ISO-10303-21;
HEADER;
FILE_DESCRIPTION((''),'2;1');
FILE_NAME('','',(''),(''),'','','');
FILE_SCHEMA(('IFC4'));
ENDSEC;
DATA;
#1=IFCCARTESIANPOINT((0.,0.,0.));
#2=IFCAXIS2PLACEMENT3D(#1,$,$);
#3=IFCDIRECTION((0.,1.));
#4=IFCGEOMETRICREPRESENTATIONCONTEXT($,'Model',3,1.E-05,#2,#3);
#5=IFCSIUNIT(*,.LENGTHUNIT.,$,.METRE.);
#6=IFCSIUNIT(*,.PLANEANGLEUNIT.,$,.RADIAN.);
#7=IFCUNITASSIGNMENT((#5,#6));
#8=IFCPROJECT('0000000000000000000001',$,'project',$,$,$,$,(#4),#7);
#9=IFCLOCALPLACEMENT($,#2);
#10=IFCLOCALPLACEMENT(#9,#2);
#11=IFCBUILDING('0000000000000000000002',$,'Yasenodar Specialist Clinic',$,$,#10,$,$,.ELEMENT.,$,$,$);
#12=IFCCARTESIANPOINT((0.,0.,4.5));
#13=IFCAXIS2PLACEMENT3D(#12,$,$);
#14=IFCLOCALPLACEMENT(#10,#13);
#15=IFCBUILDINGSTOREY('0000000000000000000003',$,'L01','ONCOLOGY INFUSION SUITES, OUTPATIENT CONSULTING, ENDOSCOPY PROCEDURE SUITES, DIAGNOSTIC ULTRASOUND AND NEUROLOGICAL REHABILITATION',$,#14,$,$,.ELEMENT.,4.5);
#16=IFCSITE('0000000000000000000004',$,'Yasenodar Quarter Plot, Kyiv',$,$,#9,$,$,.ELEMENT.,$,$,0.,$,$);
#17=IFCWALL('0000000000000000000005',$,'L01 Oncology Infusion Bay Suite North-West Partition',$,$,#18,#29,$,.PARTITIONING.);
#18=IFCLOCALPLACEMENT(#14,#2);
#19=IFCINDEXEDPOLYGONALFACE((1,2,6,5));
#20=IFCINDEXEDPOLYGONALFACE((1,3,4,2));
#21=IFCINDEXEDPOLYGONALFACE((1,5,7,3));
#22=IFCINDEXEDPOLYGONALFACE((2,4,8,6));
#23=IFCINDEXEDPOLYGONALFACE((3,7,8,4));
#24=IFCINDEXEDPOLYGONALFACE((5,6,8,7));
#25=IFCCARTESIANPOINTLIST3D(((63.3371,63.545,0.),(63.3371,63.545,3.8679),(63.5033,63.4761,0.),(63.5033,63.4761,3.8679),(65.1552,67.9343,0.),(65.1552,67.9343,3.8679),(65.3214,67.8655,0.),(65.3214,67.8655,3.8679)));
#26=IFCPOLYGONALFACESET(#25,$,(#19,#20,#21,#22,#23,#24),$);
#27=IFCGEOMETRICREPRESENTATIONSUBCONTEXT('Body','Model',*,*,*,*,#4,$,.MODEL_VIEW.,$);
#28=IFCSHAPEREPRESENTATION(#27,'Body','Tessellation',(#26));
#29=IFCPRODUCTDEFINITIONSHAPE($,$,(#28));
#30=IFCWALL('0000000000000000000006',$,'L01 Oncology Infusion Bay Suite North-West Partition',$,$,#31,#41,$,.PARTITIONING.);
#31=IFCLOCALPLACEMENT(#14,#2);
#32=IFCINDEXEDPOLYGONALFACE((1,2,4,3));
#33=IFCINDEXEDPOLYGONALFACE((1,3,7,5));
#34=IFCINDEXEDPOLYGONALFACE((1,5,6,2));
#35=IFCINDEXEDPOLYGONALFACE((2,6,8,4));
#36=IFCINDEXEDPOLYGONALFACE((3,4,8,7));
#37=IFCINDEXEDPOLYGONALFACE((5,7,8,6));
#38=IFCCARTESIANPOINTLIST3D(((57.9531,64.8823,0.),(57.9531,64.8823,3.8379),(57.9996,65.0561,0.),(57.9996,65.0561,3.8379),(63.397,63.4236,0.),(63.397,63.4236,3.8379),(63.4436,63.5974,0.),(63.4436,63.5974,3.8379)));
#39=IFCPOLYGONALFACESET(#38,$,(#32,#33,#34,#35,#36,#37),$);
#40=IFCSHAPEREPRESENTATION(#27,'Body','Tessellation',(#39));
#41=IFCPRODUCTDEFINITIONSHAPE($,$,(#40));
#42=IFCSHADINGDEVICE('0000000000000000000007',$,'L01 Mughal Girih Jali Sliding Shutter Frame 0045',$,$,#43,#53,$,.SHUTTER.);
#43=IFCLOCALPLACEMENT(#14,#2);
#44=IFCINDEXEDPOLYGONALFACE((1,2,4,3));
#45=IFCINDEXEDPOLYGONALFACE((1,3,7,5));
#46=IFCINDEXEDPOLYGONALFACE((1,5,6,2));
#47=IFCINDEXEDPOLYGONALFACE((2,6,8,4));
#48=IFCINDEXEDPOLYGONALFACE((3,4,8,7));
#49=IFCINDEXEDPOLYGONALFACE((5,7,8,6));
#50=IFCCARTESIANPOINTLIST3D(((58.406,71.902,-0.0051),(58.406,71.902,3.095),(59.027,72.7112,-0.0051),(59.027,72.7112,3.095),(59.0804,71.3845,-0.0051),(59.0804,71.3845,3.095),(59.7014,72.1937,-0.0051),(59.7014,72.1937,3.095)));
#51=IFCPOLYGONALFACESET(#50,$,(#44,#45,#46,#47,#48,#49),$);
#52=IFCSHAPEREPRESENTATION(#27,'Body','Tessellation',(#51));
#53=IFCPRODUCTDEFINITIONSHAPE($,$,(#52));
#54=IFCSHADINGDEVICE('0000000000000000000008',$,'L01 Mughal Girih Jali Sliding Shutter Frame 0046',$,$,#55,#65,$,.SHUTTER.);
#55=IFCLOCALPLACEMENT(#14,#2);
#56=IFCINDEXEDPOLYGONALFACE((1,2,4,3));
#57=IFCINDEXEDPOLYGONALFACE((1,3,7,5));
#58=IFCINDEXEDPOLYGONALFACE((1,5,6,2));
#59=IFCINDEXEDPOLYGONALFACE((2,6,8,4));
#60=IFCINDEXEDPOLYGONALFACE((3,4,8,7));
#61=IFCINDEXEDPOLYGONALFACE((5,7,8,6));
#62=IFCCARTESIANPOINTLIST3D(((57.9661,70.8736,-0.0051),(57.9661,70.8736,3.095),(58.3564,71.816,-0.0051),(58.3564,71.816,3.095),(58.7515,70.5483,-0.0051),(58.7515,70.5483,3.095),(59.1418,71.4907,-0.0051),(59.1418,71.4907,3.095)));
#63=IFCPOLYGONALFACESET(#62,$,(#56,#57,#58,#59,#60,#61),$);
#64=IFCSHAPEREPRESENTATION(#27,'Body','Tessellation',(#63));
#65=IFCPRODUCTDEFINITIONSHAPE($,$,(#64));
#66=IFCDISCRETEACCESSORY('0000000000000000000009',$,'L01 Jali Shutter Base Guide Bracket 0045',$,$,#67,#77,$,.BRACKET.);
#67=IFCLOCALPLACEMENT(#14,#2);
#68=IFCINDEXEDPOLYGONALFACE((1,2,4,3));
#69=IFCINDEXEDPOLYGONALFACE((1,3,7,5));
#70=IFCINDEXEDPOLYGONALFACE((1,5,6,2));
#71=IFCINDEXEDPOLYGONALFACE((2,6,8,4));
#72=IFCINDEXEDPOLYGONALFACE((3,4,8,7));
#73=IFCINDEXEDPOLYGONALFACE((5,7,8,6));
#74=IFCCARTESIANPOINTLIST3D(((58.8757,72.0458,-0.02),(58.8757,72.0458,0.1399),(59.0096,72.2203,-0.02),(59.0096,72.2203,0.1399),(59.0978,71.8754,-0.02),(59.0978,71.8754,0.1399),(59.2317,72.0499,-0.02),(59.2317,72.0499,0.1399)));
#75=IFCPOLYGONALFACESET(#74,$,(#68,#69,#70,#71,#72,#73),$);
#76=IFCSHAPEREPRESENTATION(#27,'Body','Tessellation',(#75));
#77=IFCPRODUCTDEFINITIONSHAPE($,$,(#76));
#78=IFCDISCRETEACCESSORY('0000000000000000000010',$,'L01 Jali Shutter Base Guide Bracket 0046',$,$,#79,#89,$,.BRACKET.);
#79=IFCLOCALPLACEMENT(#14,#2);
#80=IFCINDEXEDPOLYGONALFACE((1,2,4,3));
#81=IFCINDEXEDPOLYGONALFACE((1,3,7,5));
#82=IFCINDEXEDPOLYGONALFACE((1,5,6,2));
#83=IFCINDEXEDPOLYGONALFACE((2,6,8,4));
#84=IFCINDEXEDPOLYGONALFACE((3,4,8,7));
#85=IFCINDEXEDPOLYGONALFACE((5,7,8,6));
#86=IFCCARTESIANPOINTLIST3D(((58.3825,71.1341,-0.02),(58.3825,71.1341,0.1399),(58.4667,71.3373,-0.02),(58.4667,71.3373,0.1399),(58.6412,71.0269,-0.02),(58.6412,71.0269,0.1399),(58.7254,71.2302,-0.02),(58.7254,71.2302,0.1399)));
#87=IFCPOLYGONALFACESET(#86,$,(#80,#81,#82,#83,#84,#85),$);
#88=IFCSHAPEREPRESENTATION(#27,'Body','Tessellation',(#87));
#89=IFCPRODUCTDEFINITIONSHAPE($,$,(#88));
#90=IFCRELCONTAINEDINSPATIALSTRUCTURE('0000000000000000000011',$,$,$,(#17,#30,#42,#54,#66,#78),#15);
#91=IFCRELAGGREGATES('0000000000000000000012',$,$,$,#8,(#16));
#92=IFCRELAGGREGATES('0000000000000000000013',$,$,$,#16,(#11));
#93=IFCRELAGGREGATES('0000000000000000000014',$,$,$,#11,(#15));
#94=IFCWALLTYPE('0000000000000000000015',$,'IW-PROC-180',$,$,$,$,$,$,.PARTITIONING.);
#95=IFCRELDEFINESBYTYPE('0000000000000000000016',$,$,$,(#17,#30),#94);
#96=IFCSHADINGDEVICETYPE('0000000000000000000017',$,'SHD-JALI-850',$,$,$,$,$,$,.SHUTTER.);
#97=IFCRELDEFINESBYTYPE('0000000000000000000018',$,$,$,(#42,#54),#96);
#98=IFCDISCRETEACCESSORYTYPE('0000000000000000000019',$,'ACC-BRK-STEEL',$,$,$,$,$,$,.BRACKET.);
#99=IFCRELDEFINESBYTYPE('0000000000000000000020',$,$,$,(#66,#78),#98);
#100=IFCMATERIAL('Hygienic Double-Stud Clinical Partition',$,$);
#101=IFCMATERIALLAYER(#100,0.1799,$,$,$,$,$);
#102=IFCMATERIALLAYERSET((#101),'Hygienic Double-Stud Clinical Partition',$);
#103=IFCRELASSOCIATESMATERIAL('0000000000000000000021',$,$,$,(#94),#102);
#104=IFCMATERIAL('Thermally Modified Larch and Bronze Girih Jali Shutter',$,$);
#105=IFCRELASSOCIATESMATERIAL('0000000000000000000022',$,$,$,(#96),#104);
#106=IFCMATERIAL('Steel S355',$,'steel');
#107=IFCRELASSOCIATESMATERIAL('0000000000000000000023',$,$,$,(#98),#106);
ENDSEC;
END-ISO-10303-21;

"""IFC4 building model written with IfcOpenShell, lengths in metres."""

from ifc_helpers import new_model, si_unit, direction, frame, frame_2d, origin, origin_2d, place, context, subcontext, project, spatial, rectangle, extrude, material, layer, layer_set, type_object, element, save


model = new_model("IFC4")

# Units and contexts
model_context = context("Model", 3, precision=1e-05, world=origin(), true_north=direction((0.0, 1.0)))
body_context = subcontext(model_context, "Body", "Model", "MODEL_VIEW")
ifc_project = project(units=[si_unit("LENGTHUNIT", "METRE"), si_unit("PLANEANGLEUNIT", "RADIAN")], contexts=[model_context])

# Site, building, storey
site_placement = place(None, origin())
site = spatial("IfcSite", under=ifc_project, at=site_placement, Name="Yasenodar Quarter Plot, Kyiv", CompositionType="ELEMENT", RefElevation=0.0)
building_placement = place(site_placement, origin())
building = spatial("IfcBuilding", under=site, at=building_placement, Name="Yasenodar Specialist Clinic", CompositionType="ELEMENT")
storey_placement = place(building_placement, frame((0.0, 0.0, 4.5)))
storey = spatial("IfcBuildingStorey", under=building, at=storey_placement, Name="L01", Description="ONCOLOGY INFUSION SUITES, OUTPATIENT CONSULTING, ENDOSCOPY PROCEDURE SUITES, DIAGNOSTIC ULTRASOUND AND NEUROLOGICAL REHABILITATION", CompositionType="ELEMENT", Elevation=4.5)

# Shared definitions
ifc_material_1 = material(Name="Steel S355", Category="steel")

# Walls
ifc_material_2 = material(Name="Hygienic Double-Stud Clinical Partition")
ifc_layer_1 = layer(ifc_material_2, 0.1799)
ifc_layer_set_1 = layer_set([ifc_layer_1], Name="Hygienic Double-Stud Clinical Partition")
wall_type = type_object("IfcWallType", Name="IW-PROC-180", PredefinedType="PARTITIONING", material=ifc_layer_set_1)
wall_1_placement = place(storey_placement, frame((65.2383, 67.8999, 0.0), z_axis=(0.0, 0.0, 1.0), x_axis=(-0.382677, -0.923882, 0.0)))
element("IfcWall", 1, at=wall_1_placement, inside=storey, type_object=wall_type, Name="L01 Oncology Infusion Bay Suite North-West Partition", PredefinedType="PARTITIONING", context=body_context, shape_type="SweptSolid", body=[
    extrude(rectangle(XDim=4.751, YDim=0.1799, at=frame_2d((2.3755, 0.0))), origin(), (0.0, 0.0, 1.0), 3.8679),
])
wall_2_placement = place(storey_placement, frame((63.4202, 63.5105, 0.0), z_axis=(0.0, 0.0, 1.0), x_axis=(-0.965923, 0.25883, 0.0)))
element("IfcWall", 2, at=wall_2_placement, inside=storey, type_object=wall_type, Name="L01 Oncology Infusion Bay Suite North-West Partition", PredefinedType="PARTITIONING", context=body_context, shape_type="SweptSolid", body=[
    extrude(rectangle(XDim=5.636, YDim=0.1799, at=frame_2d((2.8179, 0.0))), origin(), (0.0, 0.0, 1.0), 3.8379),
])

# Shading devices
ifc_material_3 = material(Name="Thermally Modified Larch and Bronze Girih Jali Shutter")
shading_device_type = type_object("IfcShadingDeviceType", Name="SHD-JALI-850", PredefinedType="SHUTTER", material=ifc_material_3)
for number, where, z_axis, x_axis, name in (
    (3, (59.0537, 72.0479, -0.0051), (0.0, 0.0, 1.0), (-0.608764, -0.793351, 0.0), "L01 Mughal Girih Jali Sliding Shutter Frame 0045"),
    (4, (58.554, 71.1821, -0.0051), (0.0, 0.0, 1.0), (-0.382687, -0.923878, 0.0), "L01 Mughal Girih Jali Sliding Shutter Frame 0046"),
):
    element("IfcShadingDevice", number, at=place(storey_placement, frame(where, z_axis=z_axis, x_axis=x_axis)), inside=storey, type_object=shading_device_type, Name=name, PredefinedType="SHUTTER", context=body_context, shape_type="SweptSolid", body=[
        extrude(rectangle(XDim=1.02, YDim=0.8501, at=origin_2d()), origin(), (0.0, 0.0, 1.0), 3.1001),
    ])

# Discrete accessories
discrete_accessory_type = type_object("IfcDiscreteAccessoryType", Name="ACC-BRK-STEEL", PredefinedType="BRACKET", material=ifc_material_1)
for number, where, z_axis, x_axis, name in (
    (5, (59.0537, 72.0479, -0.02), (0.0, 0.0, 1.0), (-0.608764, -0.793351, 0.0), "L01 Jali Shutter Base Guide Bracket 0045"),
    (6, (58.554, 71.1821, -0.02), (0.0, 0.0, 1.0), (-0.382687, -0.923878, 0.0), "L01 Jali Shutter Base Guide Bracket 0046"),
):
    element("IfcDiscreteAccessory", number, at=place(storey_placement, frame(where, z_axis=z_axis, x_axis=x_axis)), inside=storey, type_object=discrete_accessory_type, Name=name, PredefinedType="BRACKET", context=body_context, shape_type="SweptSolid", body=[
        extrude(rectangle(XDim=0.22, YDim=0.28, at=origin_2d()), origin(), (0.0, 0.0, 1.0), 0.1599),
    ])

save(model, "model.ifc")
